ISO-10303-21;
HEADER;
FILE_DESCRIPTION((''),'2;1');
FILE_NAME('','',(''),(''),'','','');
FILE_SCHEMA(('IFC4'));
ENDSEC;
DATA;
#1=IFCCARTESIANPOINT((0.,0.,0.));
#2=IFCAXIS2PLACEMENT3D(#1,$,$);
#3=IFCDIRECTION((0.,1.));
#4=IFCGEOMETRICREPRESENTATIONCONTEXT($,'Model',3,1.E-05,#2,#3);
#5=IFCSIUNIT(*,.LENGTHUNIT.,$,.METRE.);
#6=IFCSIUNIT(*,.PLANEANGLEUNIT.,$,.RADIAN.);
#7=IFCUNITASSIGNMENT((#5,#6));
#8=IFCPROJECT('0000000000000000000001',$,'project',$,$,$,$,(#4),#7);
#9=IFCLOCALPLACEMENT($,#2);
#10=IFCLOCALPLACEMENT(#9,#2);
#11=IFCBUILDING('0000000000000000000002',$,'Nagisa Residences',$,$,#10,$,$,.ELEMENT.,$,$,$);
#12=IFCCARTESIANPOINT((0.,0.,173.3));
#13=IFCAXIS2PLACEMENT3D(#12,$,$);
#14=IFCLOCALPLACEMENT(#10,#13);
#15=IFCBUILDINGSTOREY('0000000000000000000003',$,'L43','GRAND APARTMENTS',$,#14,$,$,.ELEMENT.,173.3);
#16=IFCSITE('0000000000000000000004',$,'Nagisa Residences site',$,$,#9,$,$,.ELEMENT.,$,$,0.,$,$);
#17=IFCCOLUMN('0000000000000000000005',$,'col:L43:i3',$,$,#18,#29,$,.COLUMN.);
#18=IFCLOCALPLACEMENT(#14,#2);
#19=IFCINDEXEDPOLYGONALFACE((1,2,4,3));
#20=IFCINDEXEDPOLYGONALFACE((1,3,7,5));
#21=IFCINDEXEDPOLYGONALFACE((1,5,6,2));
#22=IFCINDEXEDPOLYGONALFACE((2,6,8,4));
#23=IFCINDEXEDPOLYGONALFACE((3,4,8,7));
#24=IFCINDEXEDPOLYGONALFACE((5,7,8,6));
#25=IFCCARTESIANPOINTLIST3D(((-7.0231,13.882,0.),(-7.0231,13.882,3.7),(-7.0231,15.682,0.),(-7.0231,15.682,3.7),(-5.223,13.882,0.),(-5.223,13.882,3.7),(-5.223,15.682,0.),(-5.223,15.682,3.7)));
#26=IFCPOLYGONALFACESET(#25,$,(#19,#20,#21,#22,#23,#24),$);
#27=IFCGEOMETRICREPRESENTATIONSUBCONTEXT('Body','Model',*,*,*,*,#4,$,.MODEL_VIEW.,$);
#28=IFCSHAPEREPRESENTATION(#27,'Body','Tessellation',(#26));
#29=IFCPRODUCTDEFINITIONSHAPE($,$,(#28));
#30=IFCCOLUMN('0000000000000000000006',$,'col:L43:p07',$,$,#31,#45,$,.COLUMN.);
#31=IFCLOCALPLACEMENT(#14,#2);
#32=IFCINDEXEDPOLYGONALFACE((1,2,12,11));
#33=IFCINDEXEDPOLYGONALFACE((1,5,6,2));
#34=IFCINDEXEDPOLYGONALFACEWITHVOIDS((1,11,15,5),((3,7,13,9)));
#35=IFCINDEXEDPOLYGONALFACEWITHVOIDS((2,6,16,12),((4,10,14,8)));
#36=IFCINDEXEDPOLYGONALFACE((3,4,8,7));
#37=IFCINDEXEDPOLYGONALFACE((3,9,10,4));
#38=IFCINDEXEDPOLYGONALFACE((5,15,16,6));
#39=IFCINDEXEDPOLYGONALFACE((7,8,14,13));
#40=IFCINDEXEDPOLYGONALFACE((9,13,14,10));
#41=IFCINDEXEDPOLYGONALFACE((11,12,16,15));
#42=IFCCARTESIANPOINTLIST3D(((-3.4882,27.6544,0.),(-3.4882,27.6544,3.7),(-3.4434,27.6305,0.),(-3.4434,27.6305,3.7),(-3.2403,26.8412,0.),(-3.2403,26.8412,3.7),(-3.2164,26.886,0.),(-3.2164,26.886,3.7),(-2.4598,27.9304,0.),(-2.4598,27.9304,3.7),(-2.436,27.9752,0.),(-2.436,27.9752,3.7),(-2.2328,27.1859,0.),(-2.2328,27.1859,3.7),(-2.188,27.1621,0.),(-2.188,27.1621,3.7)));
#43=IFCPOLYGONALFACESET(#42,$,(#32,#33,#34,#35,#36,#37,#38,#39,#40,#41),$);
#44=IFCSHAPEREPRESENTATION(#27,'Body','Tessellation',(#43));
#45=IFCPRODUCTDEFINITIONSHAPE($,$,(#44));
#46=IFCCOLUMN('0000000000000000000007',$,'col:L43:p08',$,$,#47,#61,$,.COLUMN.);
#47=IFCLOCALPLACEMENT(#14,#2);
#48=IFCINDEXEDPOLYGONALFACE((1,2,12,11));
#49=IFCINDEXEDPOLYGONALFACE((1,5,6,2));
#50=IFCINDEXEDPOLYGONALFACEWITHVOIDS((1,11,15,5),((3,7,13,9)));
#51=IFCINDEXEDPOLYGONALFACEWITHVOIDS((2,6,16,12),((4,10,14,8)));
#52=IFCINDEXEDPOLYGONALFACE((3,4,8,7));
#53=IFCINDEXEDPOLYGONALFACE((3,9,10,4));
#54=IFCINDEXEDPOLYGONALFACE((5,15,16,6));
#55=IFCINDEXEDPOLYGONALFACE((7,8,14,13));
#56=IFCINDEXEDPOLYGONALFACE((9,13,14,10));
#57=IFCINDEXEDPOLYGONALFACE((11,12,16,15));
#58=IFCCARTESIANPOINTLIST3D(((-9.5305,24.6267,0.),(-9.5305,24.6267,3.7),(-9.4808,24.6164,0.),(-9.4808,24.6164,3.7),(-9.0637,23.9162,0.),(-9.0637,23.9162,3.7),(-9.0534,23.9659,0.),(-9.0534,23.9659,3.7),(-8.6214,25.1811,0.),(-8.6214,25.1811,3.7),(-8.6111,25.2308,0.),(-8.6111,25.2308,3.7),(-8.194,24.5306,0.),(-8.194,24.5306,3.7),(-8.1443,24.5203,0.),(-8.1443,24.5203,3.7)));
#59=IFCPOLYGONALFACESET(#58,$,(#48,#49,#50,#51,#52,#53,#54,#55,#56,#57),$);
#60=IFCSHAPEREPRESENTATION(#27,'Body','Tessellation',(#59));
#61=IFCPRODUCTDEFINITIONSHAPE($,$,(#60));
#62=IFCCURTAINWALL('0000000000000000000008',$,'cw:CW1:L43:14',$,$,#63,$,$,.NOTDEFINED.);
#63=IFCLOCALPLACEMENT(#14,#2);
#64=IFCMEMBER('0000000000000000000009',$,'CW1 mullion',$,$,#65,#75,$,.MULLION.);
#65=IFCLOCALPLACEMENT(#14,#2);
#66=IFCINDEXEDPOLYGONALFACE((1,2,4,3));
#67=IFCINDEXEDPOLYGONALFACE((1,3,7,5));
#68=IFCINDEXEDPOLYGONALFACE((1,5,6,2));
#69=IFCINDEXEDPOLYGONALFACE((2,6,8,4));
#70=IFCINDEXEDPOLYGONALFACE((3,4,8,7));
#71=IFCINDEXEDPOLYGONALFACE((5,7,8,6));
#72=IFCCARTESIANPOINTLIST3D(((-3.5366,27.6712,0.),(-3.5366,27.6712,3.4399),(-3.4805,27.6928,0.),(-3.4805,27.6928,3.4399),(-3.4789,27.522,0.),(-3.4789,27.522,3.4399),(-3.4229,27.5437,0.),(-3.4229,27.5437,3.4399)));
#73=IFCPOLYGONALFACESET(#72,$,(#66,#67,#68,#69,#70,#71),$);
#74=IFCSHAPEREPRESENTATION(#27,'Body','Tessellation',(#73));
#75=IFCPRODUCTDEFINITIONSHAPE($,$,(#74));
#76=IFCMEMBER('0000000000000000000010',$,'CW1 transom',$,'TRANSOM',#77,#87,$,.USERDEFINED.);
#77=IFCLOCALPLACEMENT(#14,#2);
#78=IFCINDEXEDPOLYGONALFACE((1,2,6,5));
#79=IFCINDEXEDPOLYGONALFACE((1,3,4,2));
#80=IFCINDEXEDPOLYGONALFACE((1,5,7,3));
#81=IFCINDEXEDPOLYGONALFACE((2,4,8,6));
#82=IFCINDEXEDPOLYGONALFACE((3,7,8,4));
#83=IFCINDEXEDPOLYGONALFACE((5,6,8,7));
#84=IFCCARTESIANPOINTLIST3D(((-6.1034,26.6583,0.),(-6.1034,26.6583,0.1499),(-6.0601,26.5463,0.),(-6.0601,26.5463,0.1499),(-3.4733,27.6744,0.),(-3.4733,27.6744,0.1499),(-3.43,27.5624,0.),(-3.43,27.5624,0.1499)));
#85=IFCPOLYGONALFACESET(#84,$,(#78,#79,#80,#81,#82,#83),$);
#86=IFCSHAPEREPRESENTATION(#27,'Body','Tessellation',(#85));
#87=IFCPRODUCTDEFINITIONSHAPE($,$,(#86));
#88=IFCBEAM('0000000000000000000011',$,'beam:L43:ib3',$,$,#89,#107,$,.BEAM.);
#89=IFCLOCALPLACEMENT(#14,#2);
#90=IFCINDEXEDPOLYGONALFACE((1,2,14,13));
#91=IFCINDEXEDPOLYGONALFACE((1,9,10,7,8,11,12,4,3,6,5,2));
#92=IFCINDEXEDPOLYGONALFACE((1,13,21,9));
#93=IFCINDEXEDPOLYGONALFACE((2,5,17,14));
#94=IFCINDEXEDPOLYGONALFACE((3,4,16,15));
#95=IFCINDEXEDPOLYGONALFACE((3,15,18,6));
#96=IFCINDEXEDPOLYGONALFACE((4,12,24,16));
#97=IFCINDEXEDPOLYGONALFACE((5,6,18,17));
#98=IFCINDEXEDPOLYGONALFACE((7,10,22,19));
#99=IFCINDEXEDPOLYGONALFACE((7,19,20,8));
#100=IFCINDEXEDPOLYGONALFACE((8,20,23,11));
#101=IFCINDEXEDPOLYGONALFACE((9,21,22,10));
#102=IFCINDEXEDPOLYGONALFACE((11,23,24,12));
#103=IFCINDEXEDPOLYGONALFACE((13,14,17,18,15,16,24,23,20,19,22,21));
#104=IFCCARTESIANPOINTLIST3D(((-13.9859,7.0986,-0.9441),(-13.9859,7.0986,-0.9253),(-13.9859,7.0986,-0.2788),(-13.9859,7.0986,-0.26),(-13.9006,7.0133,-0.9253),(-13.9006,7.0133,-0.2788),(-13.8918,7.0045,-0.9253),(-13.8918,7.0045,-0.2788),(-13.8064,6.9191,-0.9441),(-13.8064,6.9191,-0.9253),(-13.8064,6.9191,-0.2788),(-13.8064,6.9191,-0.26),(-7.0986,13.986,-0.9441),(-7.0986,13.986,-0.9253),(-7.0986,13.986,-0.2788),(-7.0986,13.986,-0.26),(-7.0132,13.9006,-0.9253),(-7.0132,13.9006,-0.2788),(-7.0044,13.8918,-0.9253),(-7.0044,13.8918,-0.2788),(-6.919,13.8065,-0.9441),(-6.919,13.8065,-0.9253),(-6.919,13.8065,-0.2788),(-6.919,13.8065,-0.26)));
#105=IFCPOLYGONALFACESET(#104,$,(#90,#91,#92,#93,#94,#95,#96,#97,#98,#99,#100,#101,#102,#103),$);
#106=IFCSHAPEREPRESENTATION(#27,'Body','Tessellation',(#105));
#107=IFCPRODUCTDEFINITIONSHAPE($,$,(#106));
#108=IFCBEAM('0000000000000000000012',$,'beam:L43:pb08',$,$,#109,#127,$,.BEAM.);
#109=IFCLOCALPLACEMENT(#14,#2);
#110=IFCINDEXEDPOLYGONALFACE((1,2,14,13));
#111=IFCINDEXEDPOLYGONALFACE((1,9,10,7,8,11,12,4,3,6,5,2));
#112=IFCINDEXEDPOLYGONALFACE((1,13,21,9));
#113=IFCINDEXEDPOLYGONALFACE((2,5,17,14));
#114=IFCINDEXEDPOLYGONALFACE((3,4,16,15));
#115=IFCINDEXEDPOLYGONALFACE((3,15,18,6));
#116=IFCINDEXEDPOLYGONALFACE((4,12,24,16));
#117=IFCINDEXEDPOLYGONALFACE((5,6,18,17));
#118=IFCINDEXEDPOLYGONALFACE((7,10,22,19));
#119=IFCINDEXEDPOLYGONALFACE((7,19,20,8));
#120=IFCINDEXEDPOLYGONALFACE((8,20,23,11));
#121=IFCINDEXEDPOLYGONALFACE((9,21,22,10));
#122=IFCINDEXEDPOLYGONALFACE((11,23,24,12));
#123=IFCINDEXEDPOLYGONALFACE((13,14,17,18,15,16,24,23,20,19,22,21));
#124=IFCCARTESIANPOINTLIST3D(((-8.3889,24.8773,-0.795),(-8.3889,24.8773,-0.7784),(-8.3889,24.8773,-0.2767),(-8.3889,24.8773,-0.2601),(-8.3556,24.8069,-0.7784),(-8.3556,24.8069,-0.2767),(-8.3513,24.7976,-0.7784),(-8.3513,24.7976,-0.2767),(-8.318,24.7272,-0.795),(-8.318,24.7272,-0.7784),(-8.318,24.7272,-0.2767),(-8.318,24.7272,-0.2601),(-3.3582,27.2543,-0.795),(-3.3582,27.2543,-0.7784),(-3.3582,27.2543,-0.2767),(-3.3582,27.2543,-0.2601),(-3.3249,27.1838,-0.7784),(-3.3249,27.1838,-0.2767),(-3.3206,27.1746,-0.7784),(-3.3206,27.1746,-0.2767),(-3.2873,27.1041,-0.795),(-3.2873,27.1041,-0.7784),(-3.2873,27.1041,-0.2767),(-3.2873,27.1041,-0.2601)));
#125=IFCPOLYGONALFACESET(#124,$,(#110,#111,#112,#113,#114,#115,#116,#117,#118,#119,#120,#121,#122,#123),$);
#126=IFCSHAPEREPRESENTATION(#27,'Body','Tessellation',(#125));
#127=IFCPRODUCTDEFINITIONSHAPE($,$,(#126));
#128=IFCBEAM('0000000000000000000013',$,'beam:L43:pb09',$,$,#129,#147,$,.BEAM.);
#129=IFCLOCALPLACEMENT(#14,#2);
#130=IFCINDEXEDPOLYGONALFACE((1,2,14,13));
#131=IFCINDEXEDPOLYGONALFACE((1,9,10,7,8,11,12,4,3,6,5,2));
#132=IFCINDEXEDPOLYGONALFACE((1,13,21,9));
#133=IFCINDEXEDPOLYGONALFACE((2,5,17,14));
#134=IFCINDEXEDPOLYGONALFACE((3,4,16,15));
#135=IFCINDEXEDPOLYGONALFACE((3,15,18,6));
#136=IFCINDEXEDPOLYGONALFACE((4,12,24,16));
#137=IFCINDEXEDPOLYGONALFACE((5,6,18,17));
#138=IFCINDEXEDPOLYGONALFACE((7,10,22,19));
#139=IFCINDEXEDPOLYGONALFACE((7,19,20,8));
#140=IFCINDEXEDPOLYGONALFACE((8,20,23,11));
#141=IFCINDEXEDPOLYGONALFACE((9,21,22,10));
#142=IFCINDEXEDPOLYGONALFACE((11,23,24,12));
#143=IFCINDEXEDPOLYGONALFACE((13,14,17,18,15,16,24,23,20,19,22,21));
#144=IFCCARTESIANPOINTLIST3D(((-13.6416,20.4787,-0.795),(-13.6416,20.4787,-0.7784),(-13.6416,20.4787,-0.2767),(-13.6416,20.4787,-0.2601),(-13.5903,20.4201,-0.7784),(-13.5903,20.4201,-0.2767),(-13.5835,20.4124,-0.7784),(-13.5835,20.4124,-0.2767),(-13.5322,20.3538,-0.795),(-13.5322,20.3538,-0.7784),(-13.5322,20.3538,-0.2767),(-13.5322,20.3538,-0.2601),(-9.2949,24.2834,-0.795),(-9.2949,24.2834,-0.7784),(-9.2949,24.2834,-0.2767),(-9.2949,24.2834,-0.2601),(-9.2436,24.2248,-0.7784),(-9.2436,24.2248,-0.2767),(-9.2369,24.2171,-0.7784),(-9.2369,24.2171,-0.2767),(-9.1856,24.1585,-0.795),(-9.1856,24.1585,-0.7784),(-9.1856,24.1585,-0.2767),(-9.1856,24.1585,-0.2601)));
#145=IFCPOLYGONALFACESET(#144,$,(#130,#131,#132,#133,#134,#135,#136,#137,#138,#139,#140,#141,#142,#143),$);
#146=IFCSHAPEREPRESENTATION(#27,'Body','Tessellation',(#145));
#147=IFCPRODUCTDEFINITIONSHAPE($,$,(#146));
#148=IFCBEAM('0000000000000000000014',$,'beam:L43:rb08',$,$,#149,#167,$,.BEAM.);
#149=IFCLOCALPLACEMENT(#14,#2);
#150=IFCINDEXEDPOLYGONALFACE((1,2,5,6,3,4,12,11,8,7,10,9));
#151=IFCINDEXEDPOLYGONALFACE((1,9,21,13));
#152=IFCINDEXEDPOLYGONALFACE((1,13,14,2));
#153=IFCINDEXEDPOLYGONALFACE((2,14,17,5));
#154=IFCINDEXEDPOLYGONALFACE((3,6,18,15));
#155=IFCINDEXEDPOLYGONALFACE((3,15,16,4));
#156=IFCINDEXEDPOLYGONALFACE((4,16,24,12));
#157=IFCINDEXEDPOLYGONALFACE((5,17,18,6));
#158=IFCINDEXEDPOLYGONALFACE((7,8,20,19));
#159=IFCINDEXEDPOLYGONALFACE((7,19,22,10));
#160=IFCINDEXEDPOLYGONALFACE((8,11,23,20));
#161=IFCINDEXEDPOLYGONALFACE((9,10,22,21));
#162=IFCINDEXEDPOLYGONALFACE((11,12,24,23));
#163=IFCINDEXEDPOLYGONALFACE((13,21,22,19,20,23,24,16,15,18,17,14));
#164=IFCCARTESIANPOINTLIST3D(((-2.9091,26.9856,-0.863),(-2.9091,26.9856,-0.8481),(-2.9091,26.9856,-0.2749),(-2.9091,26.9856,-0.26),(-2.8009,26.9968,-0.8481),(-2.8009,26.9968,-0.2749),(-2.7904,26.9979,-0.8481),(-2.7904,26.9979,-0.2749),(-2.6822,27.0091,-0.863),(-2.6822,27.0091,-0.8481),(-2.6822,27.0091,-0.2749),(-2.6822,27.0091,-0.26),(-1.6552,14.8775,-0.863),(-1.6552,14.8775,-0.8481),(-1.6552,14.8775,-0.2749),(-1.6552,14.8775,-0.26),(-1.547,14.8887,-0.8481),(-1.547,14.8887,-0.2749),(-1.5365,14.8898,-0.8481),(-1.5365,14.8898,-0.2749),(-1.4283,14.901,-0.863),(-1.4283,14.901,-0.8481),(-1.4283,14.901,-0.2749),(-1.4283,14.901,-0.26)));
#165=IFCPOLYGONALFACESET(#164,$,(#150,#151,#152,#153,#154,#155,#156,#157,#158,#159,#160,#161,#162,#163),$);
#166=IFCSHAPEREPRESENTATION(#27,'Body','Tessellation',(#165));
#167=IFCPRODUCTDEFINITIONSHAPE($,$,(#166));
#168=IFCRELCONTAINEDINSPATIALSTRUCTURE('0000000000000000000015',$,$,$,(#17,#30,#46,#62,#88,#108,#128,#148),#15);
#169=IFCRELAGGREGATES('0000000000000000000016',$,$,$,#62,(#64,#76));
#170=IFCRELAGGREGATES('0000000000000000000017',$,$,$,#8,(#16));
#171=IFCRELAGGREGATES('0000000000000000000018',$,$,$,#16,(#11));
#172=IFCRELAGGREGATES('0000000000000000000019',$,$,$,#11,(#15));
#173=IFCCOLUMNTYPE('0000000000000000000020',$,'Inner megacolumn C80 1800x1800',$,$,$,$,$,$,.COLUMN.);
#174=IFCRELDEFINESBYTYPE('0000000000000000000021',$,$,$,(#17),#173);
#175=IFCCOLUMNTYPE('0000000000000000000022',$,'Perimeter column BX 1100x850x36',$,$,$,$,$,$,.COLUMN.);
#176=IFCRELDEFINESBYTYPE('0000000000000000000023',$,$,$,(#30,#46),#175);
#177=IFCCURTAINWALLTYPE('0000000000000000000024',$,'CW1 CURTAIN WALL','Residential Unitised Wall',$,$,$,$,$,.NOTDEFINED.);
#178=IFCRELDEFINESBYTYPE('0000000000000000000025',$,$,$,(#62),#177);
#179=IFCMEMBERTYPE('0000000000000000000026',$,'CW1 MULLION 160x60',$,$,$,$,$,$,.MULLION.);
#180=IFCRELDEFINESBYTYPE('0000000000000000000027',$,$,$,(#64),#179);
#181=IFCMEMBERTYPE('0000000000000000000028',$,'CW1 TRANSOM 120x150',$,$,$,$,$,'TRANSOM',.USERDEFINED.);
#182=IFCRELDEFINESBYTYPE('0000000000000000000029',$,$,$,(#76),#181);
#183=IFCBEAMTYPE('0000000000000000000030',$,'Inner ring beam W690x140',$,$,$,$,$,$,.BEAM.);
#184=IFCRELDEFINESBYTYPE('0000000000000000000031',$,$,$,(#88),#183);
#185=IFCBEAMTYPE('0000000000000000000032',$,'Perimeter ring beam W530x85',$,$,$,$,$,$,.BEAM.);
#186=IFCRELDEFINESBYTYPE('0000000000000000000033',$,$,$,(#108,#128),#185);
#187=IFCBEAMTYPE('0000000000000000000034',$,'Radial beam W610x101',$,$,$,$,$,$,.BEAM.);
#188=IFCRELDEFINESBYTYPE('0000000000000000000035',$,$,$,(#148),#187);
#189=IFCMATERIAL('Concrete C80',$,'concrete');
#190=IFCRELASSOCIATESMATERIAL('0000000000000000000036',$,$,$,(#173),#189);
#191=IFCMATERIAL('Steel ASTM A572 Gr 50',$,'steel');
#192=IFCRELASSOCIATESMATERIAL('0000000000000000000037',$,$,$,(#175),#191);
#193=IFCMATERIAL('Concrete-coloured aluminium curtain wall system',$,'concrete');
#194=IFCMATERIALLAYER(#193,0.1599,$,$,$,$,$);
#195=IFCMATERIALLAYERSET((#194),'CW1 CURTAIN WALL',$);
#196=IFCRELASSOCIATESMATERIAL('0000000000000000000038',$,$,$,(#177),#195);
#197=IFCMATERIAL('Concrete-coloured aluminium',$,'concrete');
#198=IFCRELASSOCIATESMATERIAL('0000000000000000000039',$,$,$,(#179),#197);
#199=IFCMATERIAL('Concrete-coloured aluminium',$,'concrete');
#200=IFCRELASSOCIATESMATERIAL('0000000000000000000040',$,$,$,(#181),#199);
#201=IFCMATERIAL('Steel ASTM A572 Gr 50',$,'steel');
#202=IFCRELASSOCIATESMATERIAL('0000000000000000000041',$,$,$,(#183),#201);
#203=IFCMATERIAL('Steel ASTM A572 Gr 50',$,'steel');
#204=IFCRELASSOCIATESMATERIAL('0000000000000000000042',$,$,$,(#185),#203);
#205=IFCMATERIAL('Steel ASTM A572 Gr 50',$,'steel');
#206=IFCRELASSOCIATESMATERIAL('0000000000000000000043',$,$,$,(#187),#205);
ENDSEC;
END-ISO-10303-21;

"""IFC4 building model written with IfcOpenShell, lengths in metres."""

from ifc_helpers import new_model, si_unit, direction, frame, origin, origin_2d, place, context, subcontext, project, spatial, rectangle, hollow_rectangle, i_section, extrude, material, layer, layer_set, material_profile, profile_set, type_object, element, aggregate, save


model = new_model("IFC4")

# Units and contexts
model_context = context("Model", 3, precision=1e-05, world=origin(), true_north=direction((0.0, 1.0)))
body_context = subcontext(model_context, "Body", "Model", "MODEL_VIEW")
ifc_project = project(units=[si_unit("LENGTHUNIT", "METRE"), si_unit("PLANEANGLEUNIT", "RADIAN")], contexts=[model_context])

# Site, building, storey
site_placement = place(None, origin())
site = spatial("IfcSite", under=ifc_project, at=site_placement, Name="Nagisa Residences site", CompositionType="ELEMENT", RefElevation=0.0)
building_placement = place(site_placement, origin())
building = spatial("IfcBuilding", under=site, at=building_placement, Name="Nagisa Residences", CompositionType="ELEMENT")
storey_placement = place(building_placement, frame((0.0, 0.0, 173.3)))
storey = spatial("IfcBuildingStorey", under=building, at=storey_placement, Name="L43", Description="GRAND APARTMENTS", CompositionType="ELEMENT", Elevation=173.3)

# Columns
ifc_material_1 = material(Name="Concrete C80", Category="concrete")
ifc_material_profile_1 = material_profile(ifc_material_1, rectangle(XDim=1.8, YDim=1.8, at=origin_2d()), Name="C80 1800x1800")
ifc_profile_set_1 = profile_set([ifc_material_profile_1], Name="Concrete C80")
column_type_1 = type_object("IfcColumnType", Name="Inner megacolumn C80 1800x1800", PredefinedType="COLUMN", material=ifc_profile_set_1)
column_placement = place(storey_placement, frame((-6.123, 14.782, 0.0), z_axis=(0.0, 0.0, 1.0), x_axis=(1.0, 0.0, 0.0)))
element("IfcColumn", 1, at=column_placement, inside=storey, type_object=column_type_1, Name="col:L43:i3", PredefinedType="COLUMN", context=body_context, shape_type="SweptSolid", body=[
    extrude(rectangle(XDim=1.8, YDim=1.8, at=origin_2d()), origin(), (0.0, 0.0, 1.0), 3.7),
])
ifc_material_2 = material(Name="Steel ASTM A572 Gr 50", Category="steel")
ifc_material_profile_2 = material_profile(ifc_material_2, hollow_rectangle(XDim=1.1001, YDim=0.8501, WallThickness=0.0359, at=origin_2d()), Name="BX 1100x850x36")
ifc_profile_set_2 = profile_set([ifc_material_profile_2], Name="Steel ASTM A572 Gr 50")
column_type_2 = type_object("IfcColumnType", Name="Perimeter column BX 1100x850x36", PredefinedType="COLUMN", material=ifc_profile_set_2)
for number, where, z_axis, x_axis, name in (
    (2, (-2.8381, 27.4082, 0.0), (0.0, 0.0, 1.0), (-0.956525, -0.291652, 0.0), "col:L43:p07"),
    (3, (-8.8374, 24.5735, 0.0), (0.0, 0.0, 1.0), (-0.835766, -0.549086, 0.0), "col:L43:p08"),
):
    element("IfcColumn", number, at=place(storey_placement, frame(where, z_axis=z_axis, x_axis=x_axis)), inside=storey, type_object=column_type_2, Name=name, PredefinedType="COLUMN", context=body_context, shape_type="SweptSolid", body=[
        extrude(hollow_rectangle(XDim=1.1001, YDim=0.8501, WallThickness=0.0359, at=origin_2d()), origin(), (0.0, 0.0, 1.0), 3.7),
    ])

# Curtain wall, members
ifc_material_3 = material(Name="Concrete-coloured aluminium curtain wall system", Category="concrete")
ifc_layer_1 = layer(ifc_material_3, 0.1599)
ifc_layer_set_1 = layer_set([ifc_layer_1], Name="CW1 CURTAIN WALL")
curtain_wall_type = type_object("IfcCurtainWallType", Name="CW1 CURTAIN WALL", Description="Residential Unitised Wall", PredefinedType="NOTDEFINED", material=ifc_layer_set_1)
curtain_wall_placement = place(storey_placement, origin())
curtain_wall = element("IfcCurtainWall", 4, at=curtain_wall_placement, inside=storey, type_object=curtain_wall_type, Name="cw:CW1:L43:14", PredefinedType="NOTDEFINED")
ifc_material_4 = material(Name="Concrete-coloured aluminium", Category="concrete")
ifc_material_profile_3 = material_profile(ifc_material_4, rectangle(XDim=0.1599, YDim=0.0601, at=origin_2d()), Name="CW1 MULLION 160x60")
ifc_profile_set_3 = profile_set([ifc_material_profile_3], Name="Concrete-coloured aluminium")
member_type_1 = type_object("IfcMemberType", Name="CW1 MULLION 160x60", PredefinedType="MULLION", material=ifc_profile_set_3)
member_1_placement = place(storey_placement, frame((-3.4797, 27.6074, 0.0), z_axis=(0.0, 0.0, 1.0), x_axis=(0.360328, -0.932826, 0.0)))
member_1 = element("IfcMember", 5, at=member_1_placement, type_object=member_type_1, Name="CW1 mullion", PredefinedType="MULLION", context=body_context, shape_type="SweptSolid", body=[
    extrude(rectangle(XDim=0.1599, YDim=0.0601, at=origin_2d()), origin(), (0.0, 0.0, 1.0), 3.4399),
])
ifc_material_5 = material(Name="Concrete-coloured aluminium", Category="concrete")
ifc_material_profile_4 = material_profile(ifc_material_5, rectangle(XDim=0.1201, YDim=0.1499, at=origin_2d()), Name="CW1 TRANSOM 120x150")
ifc_profile_set_4 = profile_set([ifc_material_profile_4], Name="Concrete-coloured aluminium")
member_type_2 = type_object("IfcMemberType", Name="CW1 TRANSOM 120x150", ElementType="TRANSOM", PredefinedType="USERDEFINED", material=ifc_profile_set_4)
member_2_placement = place(storey_placement, frame((-3.4517, 27.6184, 0.075), z_axis=(-0.932807, -0.360377, 0.0), x_axis=(0.360377, -0.932807, 0.0)))
member_2 = element("IfcMember", 6, at=member_2_placement, type_object=member_type_2, Name="CW1 transom", ObjectType="TRANSOM", PredefinedType="USERDEFINED", context=body_context, shape_type="SweptSolid", body=[
    extrude(rectangle(XDim=0.1201, YDim=0.1499, at=origin_2d()), origin(), (0.0, 0.0, 1.0), 2.8196),
])

# Beams
ifc_material_6 = material(Name="Steel ASTM A572 Gr 50", Category="steel")
ifc_material_profile_5 = material_profile(ifc_material_6, i_section(OverallWidth=0.2539, OverallDepth=0.6841, WebThickness=0.0125, FlangeThickness=0.0188, at=origin_2d()), Name="W690x140")
ifc_profile_set_5 = profile_set([ifc_material_profile_5], Name="Steel ASTM A572 Gr 50")
beam_type_1 = type_object("IfcBeamType", Name="Inner ring beam W690x140", PredefinedType="BEAM", material=ifc_profile_set_5)
beam_1_placement = place(storey_placement, frame((-7.0088, 13.8962, -0.6021), z_axis=(-0.707107, -0.707107, 0.0), x_axis=(0.707107, -0.707107, 0.0)))
element("IfcBeam", 7, at=beam_1_placement, inside=storey, type_object=beam_type_1, Name="beam:L43:ib3", PredefinedType="BEAM", context=body_context, shape_type="SweptSolid", body=[
    extrude(i_section(OverallWidth=0.2539, OverallDepth=0.6841, WebThickness=0.0125, FlangeThickness=0.0188, at=origin_2d()), origin(), (0.0, 0.0, 1.0), 9.7402),
])
ifc_material_7 = material(Name="Steel ASTM A572 Gr 50", Category="steel")
ifc_material_profile_6 = material_profile(ifc_material_7, i_section(OverallWidth=0.166, OverallDepth=0.5349, WebThickness=0.0103, FlangeThickness=0.0166, at=origin_2d()), Name="W530x85")
ifc_profile_set_6 = profile_set([ifc_material_profile_6], Name="Steel ASTM A572 Gr 50")
beam_type_2 = type_object("IfcBeamType", Name="Perimeter ring beam W530x85", PredefinedType="BEAM", material=ifc_profile_set_6)
beam_2_placement = place(storey_placement, frame((-3.3228, 27.1792, -0.5276), z_axis=(-0.904157, -0.4272, 0.0), x_axis=(0.4272, -0.904157, 0.0)))
element("IfcBeam", 8, at=beam_2_placement, inside=storey, type_object=beam_type_2, Name="beam:L43:pb08", PredefinedType="BEAM", context=body_context, shape_type="SweptSolid", body=[
    extrude(i_section(OverallWidth=0.166, OverallDepth=0.5349, WebThickness=0.0103, FlangeThickness=0.0166, at=origin_2d()), origin(), (0.0, 0.0, 1.0), 5.564),
])
beam_3_placement = place(storey_placement, frame((-9.2402, 24.2209, -0.5276), z_axis=(-0.752461, -0.658636, 0.0), x_axis=(0.658636, -0.752461, 0.0)))
element("IfcBeam", 9, at=beam_3_placement, inside=storey, type_object=beam_type_2, Name="beam:L43:pb09", PredefinedType="BEAM", context=body_context, shape_type="SweptSolid", body=[
    extrude(i_section(OverallWidth=0.166, OverallDepth=0.5349, WebThickness=0.0103, FlangeThickness=0.0166, at=origin_2d()), origin(), (0.0, 0.0, 1.0), 5.7766),
])
ifc_material_8 = material(Name="Steel ASTM A572 Gr 50", Category="steel")
ifc_material_profile_7 = material_profile(ifc_material_8, i_section(OverallWidth=0.228, OverallDepth=0.603, WebThickness=0.0105, FlangeThickness=0.0149, at=origin_2d()), Name="W610x101")
ifc_profile_set_7 = profile_set([ifc_material_profile_7], Name="Steel ASTM A572 Gr 50")
beam_type_3 = type_object("IfcBeamType", Name="Radial beam W610x101", PredefinedType="BEAM", material=ifc_profile_set_7)
beam_4_placement = place(storey_placement, frame((-2.7957, 26.9973, -0.5615), z_axis=(0.103008, -0.994681, 0.0), x_axis=(0.994681, 0.103008, 0.0)))
element("IfcBeam", 10, at=beam_4_placement, inside=storey, type_object=beam_type_3, Name="beam:L43:rb08", PredefinedType="BEAM", context=body_context, shape_type="SweptSolid", body=[
    extrude(i_section(OverallWidth=0.228, OverallDepth=0.603, WebThickness=0.0105, FlangeThickness=0.0149, at=origin_2d()), origin(), (0.0, 0.0, 1.0), 12.1729),
])

aggregate(curtain_wall, [member_1, member_2])

save(model, "model.ifc")
